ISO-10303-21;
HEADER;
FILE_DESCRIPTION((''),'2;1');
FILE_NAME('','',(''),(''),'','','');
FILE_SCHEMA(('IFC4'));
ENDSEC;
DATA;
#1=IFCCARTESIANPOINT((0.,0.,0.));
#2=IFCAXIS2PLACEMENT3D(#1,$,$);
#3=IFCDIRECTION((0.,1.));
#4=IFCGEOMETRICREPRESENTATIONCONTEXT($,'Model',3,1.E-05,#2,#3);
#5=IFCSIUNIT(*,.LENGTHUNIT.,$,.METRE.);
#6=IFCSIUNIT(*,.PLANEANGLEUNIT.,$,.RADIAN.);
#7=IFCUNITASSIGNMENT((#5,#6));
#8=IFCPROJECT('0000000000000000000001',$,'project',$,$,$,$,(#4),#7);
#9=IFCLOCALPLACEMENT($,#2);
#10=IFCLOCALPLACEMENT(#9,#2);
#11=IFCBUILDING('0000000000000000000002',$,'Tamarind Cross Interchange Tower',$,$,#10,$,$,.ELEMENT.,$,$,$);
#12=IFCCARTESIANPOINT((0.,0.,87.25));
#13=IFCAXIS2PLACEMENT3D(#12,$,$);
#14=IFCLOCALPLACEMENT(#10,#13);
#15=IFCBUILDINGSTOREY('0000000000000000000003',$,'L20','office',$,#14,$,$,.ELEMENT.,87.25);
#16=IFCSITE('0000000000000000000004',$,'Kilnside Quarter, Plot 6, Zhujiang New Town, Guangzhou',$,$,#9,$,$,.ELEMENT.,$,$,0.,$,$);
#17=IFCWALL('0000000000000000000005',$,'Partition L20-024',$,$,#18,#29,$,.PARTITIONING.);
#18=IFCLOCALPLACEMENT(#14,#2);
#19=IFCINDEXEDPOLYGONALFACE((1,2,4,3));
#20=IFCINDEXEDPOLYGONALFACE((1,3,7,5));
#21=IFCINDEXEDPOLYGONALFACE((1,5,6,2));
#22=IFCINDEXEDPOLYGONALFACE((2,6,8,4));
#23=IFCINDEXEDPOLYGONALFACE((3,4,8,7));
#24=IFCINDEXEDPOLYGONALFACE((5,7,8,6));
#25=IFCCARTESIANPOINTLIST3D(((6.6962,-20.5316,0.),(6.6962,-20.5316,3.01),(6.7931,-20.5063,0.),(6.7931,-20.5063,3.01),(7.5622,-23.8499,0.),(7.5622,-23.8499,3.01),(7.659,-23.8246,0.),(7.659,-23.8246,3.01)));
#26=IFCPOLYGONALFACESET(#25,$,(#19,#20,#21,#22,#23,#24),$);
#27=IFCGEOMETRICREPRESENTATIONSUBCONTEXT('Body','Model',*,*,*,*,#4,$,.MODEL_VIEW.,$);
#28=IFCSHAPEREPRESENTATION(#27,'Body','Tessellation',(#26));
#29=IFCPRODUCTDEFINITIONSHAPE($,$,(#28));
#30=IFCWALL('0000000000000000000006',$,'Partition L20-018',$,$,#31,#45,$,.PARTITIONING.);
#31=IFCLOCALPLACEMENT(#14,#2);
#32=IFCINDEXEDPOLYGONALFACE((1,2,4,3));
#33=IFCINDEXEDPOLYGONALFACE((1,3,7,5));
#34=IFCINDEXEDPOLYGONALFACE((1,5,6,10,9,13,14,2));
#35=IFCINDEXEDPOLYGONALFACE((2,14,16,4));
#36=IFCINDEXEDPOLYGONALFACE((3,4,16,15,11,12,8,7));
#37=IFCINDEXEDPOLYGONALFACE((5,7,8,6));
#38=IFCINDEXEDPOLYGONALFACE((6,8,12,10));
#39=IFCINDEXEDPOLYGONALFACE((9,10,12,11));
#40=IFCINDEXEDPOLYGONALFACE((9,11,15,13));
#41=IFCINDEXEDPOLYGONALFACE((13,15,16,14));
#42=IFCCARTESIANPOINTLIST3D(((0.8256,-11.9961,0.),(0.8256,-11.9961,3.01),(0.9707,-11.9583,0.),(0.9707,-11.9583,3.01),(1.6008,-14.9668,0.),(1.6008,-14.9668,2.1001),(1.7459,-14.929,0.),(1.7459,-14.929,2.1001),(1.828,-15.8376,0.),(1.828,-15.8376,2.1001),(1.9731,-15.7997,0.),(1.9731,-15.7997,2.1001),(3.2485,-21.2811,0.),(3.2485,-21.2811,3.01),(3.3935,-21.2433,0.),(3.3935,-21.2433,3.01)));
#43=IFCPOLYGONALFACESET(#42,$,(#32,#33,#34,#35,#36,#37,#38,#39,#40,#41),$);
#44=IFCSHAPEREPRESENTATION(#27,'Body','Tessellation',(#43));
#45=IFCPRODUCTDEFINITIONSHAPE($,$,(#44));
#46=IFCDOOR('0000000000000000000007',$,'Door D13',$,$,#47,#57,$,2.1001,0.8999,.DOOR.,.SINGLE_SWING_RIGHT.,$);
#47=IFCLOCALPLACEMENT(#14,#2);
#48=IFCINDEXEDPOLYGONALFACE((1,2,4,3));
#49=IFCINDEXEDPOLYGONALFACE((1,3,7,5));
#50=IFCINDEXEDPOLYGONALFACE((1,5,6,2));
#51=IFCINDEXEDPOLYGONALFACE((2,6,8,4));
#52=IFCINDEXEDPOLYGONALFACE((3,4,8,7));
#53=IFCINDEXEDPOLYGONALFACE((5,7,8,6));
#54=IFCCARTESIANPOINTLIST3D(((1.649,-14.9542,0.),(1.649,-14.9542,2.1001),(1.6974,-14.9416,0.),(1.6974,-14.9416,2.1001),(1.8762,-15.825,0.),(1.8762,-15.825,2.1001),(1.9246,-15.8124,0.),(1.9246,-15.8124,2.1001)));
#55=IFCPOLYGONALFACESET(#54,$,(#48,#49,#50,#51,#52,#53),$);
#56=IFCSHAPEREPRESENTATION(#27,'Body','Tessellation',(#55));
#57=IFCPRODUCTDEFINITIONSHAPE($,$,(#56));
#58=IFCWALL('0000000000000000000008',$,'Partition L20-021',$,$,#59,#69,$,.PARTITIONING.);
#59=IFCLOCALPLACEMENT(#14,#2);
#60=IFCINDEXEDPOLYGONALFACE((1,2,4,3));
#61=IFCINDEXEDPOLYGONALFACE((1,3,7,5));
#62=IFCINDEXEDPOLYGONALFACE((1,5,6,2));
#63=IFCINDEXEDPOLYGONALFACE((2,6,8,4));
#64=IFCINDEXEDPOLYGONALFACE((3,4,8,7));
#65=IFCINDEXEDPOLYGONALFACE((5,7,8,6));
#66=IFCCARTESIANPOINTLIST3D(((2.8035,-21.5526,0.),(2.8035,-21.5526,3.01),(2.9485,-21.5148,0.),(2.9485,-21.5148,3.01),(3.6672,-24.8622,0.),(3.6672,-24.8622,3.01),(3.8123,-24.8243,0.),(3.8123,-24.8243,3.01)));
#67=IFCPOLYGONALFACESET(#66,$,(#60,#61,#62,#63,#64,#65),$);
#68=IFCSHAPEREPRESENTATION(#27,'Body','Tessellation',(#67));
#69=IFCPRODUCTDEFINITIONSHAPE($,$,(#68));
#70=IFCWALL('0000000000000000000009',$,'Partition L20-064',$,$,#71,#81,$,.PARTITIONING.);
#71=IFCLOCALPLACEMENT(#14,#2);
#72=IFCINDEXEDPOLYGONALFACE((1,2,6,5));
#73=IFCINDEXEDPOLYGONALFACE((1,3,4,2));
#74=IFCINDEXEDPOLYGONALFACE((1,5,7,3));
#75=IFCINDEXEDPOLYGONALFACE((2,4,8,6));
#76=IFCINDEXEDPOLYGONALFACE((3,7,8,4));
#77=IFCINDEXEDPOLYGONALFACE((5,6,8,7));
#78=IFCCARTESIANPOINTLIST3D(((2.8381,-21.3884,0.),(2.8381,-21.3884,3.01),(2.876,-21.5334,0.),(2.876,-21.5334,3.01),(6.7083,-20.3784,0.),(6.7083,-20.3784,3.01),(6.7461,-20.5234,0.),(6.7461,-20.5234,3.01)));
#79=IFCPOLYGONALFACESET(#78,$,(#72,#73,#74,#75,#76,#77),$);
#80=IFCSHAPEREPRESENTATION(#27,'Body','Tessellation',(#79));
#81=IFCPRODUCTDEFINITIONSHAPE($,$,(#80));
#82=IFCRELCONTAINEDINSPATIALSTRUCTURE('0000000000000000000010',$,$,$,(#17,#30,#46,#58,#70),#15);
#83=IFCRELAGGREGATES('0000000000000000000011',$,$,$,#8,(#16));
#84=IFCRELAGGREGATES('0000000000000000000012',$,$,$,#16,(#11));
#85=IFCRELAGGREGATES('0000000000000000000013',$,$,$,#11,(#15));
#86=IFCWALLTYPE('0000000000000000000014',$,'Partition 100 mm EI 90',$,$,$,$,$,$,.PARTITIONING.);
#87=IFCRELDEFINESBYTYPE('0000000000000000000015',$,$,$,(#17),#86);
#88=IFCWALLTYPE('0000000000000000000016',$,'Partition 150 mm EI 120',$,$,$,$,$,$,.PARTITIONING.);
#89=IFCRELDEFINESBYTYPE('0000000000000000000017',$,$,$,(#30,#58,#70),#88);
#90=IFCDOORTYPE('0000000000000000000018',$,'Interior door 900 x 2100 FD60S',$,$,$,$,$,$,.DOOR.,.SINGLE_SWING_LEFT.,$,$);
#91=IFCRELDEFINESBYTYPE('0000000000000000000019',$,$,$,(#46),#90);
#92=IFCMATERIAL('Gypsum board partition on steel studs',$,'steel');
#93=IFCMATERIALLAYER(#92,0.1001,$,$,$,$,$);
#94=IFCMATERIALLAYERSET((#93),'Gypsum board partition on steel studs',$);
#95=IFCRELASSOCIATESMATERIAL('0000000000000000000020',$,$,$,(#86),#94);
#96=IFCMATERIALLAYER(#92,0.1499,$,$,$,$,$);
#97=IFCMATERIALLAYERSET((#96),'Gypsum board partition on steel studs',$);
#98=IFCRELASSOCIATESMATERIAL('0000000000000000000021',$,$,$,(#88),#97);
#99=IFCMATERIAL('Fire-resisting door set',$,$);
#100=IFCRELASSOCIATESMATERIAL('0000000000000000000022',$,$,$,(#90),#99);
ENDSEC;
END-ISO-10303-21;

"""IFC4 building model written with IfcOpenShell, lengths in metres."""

from ifc_helpers import new_model, si_unit, direction, frame, frame_2d, origin, place, context, subcontext, project, spatial, rectangle, extrude, material, layer, layer_set, type_object, element, fill, save


model = new_model("IFC4")

# Units and contexts
model_context = context("Model", 3, precision=1e-05, world=origin(), true_north=direction((0.0, 1.0)))
body_context = subcontext(model_context, "Body", "Model", "MODEL_VIEW")
ifc_project = project(units=[si_unit("LENGTHUNIT", "METRE"), si_unit("PLANEANGLEUNIT", "RADIAN")], contexts=[model_context])

# Site, building, storey
site_placement = place(None, origin())
site = spatial("IfcSite", under=ifc_project, at=site_placement, Name="Kilnside Quarter, Plot 6, Zhujiang New Town, Guangzhou", CompositionType="ELEMENT", RefElevation=0.0)
building_placement = place(site_placement, origin())
building = spatial("IfcBuilding", under=site, at=building_placement, Name="Tamarind Cross Interchange Tower", CompositionType="ELEMENT")
storey_placement = place(building_placement, frame((0.0, 0.0, 87.25)))
storey = spatial("IfcBuildingStorey", under=building, at=storey_placement, Name="L20", Description="office", CompositionType="ELEMENT", Elevation=87.25)

# Wall
ifc_material_1 = material(Name="Gypsum board partition on steel studs", Category="steel")
ifc_layer_1 = layer(ifc_material_1, 0.1001)
ifc_layer_set_1 = layer_set([ifc_layer_1], Name="Gypsum board partition on steel studs")
wall_type_1 = type_object("IfcWallType", Name="Partition 100 mm EI 90", PredefinedType="PARTITIONING", material=ifc_layer_set_1)
wall_1_placement = place(storey_placement, frame((6.7446, -20.5188, 0.0), z_axis=(0.0, 0.0, 1.0), x_axis=(0.252506, -0.967595, 0.0)))
element("IfcWall", 1, at=wall_1_placement, inside=storey, type_object=wall_type_1, Name="Partition L20-024", PredefinedType="PARTITIONING", context=body_context, shape_type="SweptSolid", body=[
    extrude(rectangle(XDim=3.4294, YDim=0.1001, at=frame_2d((1.7148, 0.0))), origin(), (0.0, 0.0, 1.0), 3.01),
])

# Wall, opening, door
ifc_layer_2 = layer(ifc_material_1, 0.1499)
ifc_layer_set_2 = layer_set([ifc_layer_2], Name="Gypsum board partition on steel studs")
wall_type_2 = type_object("IfcWallType", Name="Partition 150 mm EI 120", PredefinedType="PARTITIONING", material=ifc_layer_set_2)
wall_2_placement = place(storey_placement, frame((0.8982, -11.9773, 0.0), z_axis=(0.0, 0.0, 1.0), x_axis=(0.252484, -0.967601, 0.0)))
wall_2 = element("IfcWall", 2, at=wall_2_placement, inside=storey, type_object=wall_type_2, Name="Partition L20-018", PredefinedType="PARTITIONING", context=body_context, shape_type="SweptSolid", body=[
    extrude(rectangle(XDim=9.5959, YDim=0.1499, at=frame_2d((4.7979, 0.0))), origin(), (0.0, 0.0, 1.0), 3.01),
])
opening_1_placement = place(wall_2_placement, frame((3.0701, 0.0, 0.0)))
opening_1 = element("IfcOpeningElement", 3, at=opening_1_placement, cuts=wall_2, PredefinedType="OPENING", context=body_context, shape_type="SweptSolid", body=[
    extrude(rectangle(XDim=0.8999, YDim=2.1001, at=frame_2d((0.45, 1.05))), frame((0.0, 0.085, 0.0), z_axis=(0.0, -1.0, 0.0), x_axis=(1.0, 0.0, 0.0)), (0.0, 0.0, 1.0), 0.1699),
])
ifc_material_2 = material(Name="Fire-resisting door set")
door_type_1 = type_object("IfcDoorType", Name="Interior door 900 x 2100 FD60S", OperationType="SINGLE_SWING_LEFT", PredefinedType="DOOR", material=ifc_material_2)
door_1_placement = place(opening_1_placement, origin())
door_1 = element("IfcDoor", 4, at=door_1_placement, inside=storey, type_object=door_type_1, Name="Door D13", OperationType="SINGLE_SWING_RIGHT", OverallHeight=2.1001, OverallWidth=0.8999, PredefinedType="DOOR", context=body_context, shape_type="SweptSolid", body=[
    extrude(rectangle(XDim=0.8999, YDim=2.1001, at=frame_2d((0.45, 1.05))), frame((0.0, 0.0249, 0.0), z_axis=(0.0, -1.0, 0.0), x_axis=(1.0, 0.0, 0.0)), (0.0, 0.0, 1.0), 0.05),
])
fill(opening_1, door_1)

# Walls
wall_3_placement = place(storey_placement, frame((2.876, -21.5337, 0.0), z_axis=(0.0, 0.0, 1.0), x_axis=(0.252532, -0.967588, 0.0)))
element("IfcWall", 5, at=wall_3_placement, inside=storey, type_object=wall_type_2, Name="Partition L20-021", PredefinedType="PARTITIONING", context=body_context, shape_type="SweptSolid", body=[
    extrude(rectangle(XDim=3.4204, YDim=0.1499, at=frame_2d((1.7102, 0.0))), origin(), (0.0, 0.0, 1.0), 3.01),
])
wall_4_placement = place(storey_placement, frame((2.8569, -21.4609, 0.0), z_axis=(0.0, 0.0, 1.0), x_axis=(0.967592, 0.252519, 0.0)))
element("IfcWall", 6, at=wall_4_placement, inside=storey, type_object=wall_type_2, Name="Partition L20-064", PredefinedType="PARTITIONING", context=body_context, shape_type="SweptSolid", body=[
    extrude(rectangle(XDim=3.9998, YDim=0.1499, at=frame_2d((2.0, 0.0))), origin(), (0.0, 0.0, 1.0), 3.01),
])

save(model, "model.ifc")
